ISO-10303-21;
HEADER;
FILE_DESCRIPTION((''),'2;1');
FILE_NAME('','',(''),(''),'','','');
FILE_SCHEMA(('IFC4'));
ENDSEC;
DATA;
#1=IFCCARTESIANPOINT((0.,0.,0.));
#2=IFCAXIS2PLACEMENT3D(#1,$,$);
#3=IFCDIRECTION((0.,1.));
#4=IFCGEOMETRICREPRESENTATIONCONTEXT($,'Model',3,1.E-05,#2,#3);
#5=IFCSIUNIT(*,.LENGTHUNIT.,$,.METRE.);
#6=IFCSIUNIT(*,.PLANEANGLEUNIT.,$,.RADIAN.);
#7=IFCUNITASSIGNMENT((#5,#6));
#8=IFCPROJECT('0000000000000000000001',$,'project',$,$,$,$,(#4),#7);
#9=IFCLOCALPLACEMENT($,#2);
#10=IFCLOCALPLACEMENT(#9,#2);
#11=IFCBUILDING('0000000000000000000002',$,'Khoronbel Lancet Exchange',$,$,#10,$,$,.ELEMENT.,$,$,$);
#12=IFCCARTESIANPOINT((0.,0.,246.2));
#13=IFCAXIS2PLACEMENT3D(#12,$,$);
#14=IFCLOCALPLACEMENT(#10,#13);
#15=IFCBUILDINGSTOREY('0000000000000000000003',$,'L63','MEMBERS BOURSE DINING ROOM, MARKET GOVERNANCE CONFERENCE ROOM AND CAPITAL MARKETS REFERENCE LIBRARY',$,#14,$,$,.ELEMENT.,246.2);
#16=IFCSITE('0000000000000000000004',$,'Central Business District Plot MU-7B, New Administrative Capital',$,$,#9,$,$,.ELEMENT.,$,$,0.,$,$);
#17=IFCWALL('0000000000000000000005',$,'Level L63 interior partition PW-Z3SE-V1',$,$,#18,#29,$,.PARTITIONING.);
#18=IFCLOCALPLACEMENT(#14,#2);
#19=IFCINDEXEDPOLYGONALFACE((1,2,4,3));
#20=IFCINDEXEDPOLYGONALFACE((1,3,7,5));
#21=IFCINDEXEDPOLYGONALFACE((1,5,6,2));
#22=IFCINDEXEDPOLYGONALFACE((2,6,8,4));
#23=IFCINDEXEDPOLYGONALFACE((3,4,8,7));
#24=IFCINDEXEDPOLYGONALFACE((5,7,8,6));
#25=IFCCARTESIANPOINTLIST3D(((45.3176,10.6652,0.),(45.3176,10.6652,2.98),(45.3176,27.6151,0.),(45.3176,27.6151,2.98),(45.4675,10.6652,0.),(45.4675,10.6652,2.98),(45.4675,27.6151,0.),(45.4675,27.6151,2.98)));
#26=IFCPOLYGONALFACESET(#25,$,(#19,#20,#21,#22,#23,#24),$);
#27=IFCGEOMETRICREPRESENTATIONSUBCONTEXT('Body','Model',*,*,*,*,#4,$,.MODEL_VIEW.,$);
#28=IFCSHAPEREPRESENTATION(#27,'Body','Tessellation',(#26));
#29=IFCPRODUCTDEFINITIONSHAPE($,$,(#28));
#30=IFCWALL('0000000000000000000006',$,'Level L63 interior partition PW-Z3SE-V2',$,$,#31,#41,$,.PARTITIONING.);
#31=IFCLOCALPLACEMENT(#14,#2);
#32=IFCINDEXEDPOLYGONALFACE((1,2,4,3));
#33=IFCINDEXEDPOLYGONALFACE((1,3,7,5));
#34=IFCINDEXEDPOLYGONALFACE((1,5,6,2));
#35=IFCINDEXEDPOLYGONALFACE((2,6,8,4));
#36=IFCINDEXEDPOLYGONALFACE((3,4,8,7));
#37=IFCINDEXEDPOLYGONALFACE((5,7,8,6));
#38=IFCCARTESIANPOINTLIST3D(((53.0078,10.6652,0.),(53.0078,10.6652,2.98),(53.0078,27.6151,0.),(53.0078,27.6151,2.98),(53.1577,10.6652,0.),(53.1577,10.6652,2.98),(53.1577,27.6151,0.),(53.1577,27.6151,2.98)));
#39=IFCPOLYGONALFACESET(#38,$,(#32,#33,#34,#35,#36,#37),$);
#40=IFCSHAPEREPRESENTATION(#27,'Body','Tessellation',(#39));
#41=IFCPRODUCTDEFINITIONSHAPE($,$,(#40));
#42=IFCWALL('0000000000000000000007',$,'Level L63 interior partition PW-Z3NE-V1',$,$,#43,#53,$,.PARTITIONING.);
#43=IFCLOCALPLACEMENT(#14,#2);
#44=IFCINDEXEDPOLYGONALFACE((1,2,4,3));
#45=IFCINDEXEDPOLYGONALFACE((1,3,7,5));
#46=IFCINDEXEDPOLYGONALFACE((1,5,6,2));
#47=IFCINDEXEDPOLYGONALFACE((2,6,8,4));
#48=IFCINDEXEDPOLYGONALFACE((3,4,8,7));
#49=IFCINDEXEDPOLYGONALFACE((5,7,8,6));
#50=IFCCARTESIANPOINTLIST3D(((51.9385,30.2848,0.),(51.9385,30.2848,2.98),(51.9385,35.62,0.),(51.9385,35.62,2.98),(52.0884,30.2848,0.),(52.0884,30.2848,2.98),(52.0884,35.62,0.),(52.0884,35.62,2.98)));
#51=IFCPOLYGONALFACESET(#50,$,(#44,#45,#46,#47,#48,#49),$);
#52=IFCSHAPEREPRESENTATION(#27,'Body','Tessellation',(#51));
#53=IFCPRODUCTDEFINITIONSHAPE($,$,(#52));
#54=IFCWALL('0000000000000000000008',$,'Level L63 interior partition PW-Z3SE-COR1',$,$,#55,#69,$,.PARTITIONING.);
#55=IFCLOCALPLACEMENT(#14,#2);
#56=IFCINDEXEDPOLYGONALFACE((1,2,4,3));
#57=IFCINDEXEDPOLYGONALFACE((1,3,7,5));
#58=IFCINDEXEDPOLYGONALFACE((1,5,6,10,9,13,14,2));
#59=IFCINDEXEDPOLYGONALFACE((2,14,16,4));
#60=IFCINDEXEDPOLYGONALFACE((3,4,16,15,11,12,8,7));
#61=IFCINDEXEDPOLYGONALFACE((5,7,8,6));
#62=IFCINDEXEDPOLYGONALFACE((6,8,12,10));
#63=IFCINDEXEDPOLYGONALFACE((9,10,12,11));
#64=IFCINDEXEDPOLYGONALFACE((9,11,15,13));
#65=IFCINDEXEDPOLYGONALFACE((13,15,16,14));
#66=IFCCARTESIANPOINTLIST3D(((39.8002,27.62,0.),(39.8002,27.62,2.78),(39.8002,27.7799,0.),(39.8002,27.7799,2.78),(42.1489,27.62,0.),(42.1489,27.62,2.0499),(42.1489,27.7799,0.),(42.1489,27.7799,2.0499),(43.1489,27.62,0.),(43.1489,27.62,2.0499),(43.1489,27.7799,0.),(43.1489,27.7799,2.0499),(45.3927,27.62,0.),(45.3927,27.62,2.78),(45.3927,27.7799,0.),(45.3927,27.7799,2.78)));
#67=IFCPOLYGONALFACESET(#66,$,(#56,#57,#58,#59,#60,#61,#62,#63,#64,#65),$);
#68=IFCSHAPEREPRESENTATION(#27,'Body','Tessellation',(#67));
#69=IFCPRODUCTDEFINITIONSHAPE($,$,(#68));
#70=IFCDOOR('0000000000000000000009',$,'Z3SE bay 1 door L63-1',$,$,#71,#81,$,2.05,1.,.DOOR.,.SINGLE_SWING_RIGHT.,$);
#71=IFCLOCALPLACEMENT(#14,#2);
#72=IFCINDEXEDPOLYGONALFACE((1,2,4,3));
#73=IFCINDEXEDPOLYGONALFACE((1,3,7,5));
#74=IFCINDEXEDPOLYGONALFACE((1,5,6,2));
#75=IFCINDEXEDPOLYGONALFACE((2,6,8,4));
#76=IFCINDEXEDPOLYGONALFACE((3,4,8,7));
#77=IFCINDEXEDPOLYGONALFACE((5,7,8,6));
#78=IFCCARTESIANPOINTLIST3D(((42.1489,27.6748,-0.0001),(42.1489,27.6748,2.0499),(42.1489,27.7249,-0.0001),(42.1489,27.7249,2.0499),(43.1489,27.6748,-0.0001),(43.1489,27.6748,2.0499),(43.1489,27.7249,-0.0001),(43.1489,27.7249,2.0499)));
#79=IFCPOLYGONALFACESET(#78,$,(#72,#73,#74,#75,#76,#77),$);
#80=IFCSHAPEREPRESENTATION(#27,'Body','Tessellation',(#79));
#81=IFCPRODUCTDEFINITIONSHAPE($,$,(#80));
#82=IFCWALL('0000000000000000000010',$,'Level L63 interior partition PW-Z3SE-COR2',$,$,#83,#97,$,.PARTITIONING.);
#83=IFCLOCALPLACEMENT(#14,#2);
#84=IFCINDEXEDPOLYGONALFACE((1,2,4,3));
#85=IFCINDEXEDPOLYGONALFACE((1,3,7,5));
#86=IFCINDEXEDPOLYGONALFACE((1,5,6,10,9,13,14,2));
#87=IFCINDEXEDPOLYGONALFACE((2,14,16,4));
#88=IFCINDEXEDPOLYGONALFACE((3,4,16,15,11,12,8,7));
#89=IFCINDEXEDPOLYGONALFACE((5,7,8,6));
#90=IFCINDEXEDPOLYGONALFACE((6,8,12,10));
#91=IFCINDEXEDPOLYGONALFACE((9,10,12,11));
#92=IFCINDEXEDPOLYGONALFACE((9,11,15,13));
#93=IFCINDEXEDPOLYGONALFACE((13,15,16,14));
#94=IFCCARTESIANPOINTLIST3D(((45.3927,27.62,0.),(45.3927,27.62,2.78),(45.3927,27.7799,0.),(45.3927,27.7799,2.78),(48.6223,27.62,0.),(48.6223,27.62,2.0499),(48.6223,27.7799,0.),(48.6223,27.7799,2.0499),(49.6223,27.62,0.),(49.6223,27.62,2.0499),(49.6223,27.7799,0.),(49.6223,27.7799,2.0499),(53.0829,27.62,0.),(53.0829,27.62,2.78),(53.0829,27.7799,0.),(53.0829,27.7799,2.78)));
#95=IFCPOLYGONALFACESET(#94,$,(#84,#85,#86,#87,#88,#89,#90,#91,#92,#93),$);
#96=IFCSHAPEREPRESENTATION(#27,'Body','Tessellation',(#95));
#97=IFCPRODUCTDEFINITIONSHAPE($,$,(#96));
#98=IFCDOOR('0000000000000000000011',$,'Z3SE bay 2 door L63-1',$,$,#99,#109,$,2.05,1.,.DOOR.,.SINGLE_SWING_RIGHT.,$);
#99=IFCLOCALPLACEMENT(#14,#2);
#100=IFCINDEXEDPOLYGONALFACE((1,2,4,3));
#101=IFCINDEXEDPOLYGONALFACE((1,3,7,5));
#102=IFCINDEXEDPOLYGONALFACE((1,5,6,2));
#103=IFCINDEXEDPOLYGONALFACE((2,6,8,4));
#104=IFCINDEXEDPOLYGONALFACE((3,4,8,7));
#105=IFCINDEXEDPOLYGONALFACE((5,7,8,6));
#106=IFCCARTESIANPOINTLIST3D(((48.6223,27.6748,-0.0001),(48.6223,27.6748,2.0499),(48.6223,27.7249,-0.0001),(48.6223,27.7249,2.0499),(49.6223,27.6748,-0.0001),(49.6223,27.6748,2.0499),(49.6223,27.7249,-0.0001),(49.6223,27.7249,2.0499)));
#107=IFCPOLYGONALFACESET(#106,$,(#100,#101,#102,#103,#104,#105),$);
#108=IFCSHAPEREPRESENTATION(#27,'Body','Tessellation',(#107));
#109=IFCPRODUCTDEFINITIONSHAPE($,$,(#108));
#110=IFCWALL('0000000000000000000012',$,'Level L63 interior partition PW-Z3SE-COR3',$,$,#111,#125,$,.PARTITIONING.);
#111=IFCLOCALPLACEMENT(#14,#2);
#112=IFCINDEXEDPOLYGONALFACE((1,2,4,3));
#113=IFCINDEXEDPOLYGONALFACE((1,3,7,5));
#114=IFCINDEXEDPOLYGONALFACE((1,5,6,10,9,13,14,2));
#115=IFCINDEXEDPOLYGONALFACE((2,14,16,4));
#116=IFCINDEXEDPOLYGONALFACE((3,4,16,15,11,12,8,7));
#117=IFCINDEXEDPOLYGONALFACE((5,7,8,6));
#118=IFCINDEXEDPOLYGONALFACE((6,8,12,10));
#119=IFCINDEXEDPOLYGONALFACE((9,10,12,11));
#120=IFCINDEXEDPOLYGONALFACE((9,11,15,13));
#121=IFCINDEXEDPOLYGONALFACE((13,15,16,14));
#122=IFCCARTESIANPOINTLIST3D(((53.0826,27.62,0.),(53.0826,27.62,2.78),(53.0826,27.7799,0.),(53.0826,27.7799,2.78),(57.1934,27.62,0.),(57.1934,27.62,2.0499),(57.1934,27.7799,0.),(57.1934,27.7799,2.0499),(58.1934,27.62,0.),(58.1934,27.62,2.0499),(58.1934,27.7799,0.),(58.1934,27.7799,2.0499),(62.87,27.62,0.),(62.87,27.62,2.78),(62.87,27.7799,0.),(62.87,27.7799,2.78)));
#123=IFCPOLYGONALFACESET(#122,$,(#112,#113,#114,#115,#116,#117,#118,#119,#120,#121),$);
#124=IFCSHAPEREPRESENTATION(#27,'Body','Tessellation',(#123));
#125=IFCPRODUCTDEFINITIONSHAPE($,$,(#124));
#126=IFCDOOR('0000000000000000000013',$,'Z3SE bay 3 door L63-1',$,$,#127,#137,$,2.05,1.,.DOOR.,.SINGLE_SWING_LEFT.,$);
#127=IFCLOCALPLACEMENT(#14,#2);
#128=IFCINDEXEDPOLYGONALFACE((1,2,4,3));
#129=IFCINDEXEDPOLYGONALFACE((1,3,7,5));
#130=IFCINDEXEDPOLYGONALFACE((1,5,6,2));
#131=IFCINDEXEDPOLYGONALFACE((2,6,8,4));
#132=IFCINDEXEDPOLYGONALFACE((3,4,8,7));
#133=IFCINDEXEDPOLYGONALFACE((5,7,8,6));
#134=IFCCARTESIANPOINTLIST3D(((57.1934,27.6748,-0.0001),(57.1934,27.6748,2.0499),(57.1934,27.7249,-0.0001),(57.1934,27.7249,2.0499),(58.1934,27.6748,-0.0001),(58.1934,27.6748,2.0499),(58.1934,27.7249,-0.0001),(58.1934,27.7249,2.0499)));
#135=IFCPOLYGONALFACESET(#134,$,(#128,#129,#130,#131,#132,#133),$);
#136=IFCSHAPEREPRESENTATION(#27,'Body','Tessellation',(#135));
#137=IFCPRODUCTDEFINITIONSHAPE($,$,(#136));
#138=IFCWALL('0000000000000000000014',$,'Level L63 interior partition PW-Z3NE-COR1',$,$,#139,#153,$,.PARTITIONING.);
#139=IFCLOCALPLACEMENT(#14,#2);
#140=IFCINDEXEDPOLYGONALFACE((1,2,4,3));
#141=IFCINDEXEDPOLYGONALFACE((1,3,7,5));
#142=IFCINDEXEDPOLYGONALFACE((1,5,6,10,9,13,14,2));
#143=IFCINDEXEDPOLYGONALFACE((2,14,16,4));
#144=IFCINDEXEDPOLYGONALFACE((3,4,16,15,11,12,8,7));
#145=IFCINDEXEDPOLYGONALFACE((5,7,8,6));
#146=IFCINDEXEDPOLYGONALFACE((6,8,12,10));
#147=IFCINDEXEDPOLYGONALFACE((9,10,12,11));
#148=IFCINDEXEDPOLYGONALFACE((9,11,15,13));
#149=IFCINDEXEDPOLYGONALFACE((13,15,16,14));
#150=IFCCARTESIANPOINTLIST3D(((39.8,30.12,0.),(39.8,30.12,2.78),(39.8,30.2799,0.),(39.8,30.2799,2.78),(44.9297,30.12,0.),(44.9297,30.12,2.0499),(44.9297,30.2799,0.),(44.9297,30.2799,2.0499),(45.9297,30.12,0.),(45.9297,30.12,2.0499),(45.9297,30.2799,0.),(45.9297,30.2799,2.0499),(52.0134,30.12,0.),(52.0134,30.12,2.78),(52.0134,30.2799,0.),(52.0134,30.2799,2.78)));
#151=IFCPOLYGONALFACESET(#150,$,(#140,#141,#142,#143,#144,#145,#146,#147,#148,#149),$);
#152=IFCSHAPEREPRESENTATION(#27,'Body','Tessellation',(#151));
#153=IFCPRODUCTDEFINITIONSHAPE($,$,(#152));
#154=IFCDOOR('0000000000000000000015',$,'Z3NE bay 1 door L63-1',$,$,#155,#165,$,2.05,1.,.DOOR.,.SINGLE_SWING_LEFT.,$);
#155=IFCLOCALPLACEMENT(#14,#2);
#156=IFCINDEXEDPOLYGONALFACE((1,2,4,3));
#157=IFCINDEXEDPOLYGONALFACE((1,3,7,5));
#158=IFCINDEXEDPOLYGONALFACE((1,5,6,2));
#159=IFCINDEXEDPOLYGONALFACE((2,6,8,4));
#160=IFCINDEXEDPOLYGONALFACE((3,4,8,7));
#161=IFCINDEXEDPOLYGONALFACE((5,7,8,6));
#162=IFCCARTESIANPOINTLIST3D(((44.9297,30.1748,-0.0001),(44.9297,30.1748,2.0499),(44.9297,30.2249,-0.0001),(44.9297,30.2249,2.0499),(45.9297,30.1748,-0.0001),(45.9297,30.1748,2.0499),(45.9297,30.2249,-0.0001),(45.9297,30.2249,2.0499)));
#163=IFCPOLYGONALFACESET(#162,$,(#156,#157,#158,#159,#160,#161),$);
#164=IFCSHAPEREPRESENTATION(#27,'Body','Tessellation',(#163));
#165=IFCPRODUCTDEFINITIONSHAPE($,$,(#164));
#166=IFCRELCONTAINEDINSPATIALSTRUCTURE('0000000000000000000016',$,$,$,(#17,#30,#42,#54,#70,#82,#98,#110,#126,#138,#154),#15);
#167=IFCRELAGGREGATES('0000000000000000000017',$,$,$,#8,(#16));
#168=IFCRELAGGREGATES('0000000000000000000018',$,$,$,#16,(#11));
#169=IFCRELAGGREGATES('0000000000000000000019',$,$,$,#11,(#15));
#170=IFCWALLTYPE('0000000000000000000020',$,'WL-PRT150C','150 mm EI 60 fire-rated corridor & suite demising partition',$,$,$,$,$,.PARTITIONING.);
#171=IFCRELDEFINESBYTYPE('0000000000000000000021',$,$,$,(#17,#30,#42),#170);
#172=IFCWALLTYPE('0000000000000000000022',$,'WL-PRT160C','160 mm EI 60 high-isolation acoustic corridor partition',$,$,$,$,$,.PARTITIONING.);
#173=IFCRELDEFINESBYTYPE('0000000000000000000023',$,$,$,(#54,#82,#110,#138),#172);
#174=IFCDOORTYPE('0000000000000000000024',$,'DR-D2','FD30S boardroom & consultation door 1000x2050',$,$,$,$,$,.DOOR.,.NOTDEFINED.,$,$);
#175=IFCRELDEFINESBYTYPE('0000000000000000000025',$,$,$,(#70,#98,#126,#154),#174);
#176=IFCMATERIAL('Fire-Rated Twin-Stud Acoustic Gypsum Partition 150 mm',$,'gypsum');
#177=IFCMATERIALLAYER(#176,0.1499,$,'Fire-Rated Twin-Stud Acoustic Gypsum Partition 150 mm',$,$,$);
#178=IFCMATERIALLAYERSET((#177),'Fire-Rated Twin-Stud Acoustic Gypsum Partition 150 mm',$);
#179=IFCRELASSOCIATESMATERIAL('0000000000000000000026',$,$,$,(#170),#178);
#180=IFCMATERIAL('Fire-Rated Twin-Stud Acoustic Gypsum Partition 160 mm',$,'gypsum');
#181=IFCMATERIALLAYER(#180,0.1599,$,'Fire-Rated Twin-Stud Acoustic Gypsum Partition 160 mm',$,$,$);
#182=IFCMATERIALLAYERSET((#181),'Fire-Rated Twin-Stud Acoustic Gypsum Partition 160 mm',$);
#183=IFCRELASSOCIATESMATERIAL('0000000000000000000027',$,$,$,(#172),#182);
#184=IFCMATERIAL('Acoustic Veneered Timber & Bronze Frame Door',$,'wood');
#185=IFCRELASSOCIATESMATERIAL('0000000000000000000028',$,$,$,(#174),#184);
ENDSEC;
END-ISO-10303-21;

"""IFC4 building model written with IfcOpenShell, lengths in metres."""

from ifc_helpers import new_model, si_unit, direction, frame, frame_2d, origin, place, context, subcontext, project, spatial, rectangle, extrude, material, layer, layer_set, type_object, element, fill, save


model = new_model("IFC4")

# Units and contexts
model_context = context("Model", 3, precision=1e-05, world=origin(), true_north=direction((0.0, 1.0)))
body_context = subcontext(model_context, "Body", "Model", "MODEL_VIEW")
ifc_project = project(units=[si_unit("LENGTHUNIT", "METRE"), si_unit("PLANEANGLEUNIT", "RADIAN")], contexts=[model_context])

# Site, building, storey
site_placement = place(None, origin())
site = spatial("IfcSite", under=ifc_project, at=site_placement, Name="Central Business District Plot MU-7B, New Administrative Capital", CompositionType="ELEMENT", RefElevation=0.0)
building_placement = place(site_placement, origin())
building = spatial("IfcBuilding", under=site, at=building_placement, Name="Khoronbel Lancet Exchange", CompositionType="ELEMENT")
storey_placement = place(building_placement, frame((0.0, 0.0, 246.2)))
storey = spatial("IfcBuildingStorey", under=building, at=storey_placement, Name="L63", Description="MEMBERS BOURSE DINING ROOM, MARKET GOVERNANCE CONFERENCE ROOM AND CAPITAL MARKETS REFERENCE LIBRARY", CompositionType="ELEMENT", Elevation=246.2)

# Walls
ifc_material_1 = material(Name="Fire-Rated Twin-Stud Acoustic Gypsum Partition 150 mm", Category="gypsum")
ifc_layer_1 = layer(ifc_material_1, 0.1499, Name="Fire-Rated Twin-Stud Acoustic Gypsum Partition 150 mm")
ifc_layer_set_1 = layer_set([ifc_layer_1], Name="Fire-Rated Twin-Stud Acoustic Gypsum Partition 150 mm")
wall_type_1 = type_object("IfcWallType", Name="WL-PRT150C", Description="150 mm EI 60 fire-rated corridor & suite demising partition", PredefinedType="PARTITIONING", material=ifc_layer_set_1)
for number, where, z_axis, x_axis, name in (
    (1, (45.3926, 10.665, 0.0), (0.0, 0.0, 1.0), (0.0, 1.0, 0.0), "Level L63 interior partition PW-Z3SE-V1"),
    (2, (53.0828, 10.665, 0.0), (0.0, 0.0, 1.0), (0.0, 1.0, 0.0), "Level L63 interior partition PW-Z3SE-V2"),
):
    element("IfcWall", number, at=place(storey_placement, frame(where, z_axis=z_axis, x_axis=x_axis)), inside=storey, type_object=wall_type_1, Name=name, PredefinedType="PARTITIONING", context=body_context, shape_type="SweptSolid", body=[
        extrude(rectangle(XDim=16.95, YDim=0.1499, at=frame_2d((8.4751, 0.0))), origin(), (0.0, 0.0, 1.0), 2.98),
    ])
wall_1_placement = place(storey_placement, frame((52.0134, 30.2849, 0.0), z_axis=(0.0, 0.0, 1.0), x_axis=(0.0, 1.0, 0.0)))
element("IfcWall", 3, at=wall_1_placement, inside=storey, type_object=wall_type_1, Name="Level L63 interior partition PW-Z3NE-V1", PredefinedType="PARTITIONING", context=body_context, shape_type="SweptSolid", body=[
    extrude(rectangle(XDim=5.3352, YDim=0.1499, at=frame_2d((2.6675, 0.0))), origin(), (0.0, 0.0, 1.0), 2.98),
])

# Walls, openings, doors
ifc_material_2 = material(Name="Fire-Rated Twin-Stud Acoustic Gypsum Partition 160 mm", Category="gypsum")
ifc_layer_2 = layer(ifc_material_2, 0.1599, Name="Fire-Rated Twin-Stud Acoustic Gypsum Partition 160 mm")
ifc_layer_set_2 = layer_set([ifc_layer_2], Name="Fire-Rated Twin-Stud Acoustic Gypsum Partition 160 mm")
wall_type_2 = type_object("IfcWallType", Name="WL-PRT160C", Description="160 mm EI 60 high-isolation acoustic corridor partition", PredefinedType="PARTITIONING", material=ifc_layer_set_2)
wall_2_placement = place(storey_placement, frame((39.8, 27.7, 0.0), z_axis=(0.0, 0.0, 1.0), x_axis=(1.0, 0.0, 0.0)))
wall_2 = element("IfcWall", 4, at=wall_2_placement, inside=storey, type_object=wall_type_2, Name="Level L63 interior partition PW-Z3SE-COR1", PredefinedType="PARTITIONING", context=body_context, shape_type="SweptSolid", body=[
    extrude(rectangle(XDim=5.5925, YDim=0.1599, at=frame_2d((2.7964, 0.0))), origin(), (0.0, 0.0, 1.0), 2.78),
])
opening_1_placement = place(wall_2_placement, frame((2.3489, 0.0, 0.0)))
opening_1 = element("IfcOpeningElement", 5, at=opening_1_placement, cuts=wall_2, PredefinedType="OPENING", context=body_context, shape_type="SweptSolid", body=[
    extrude(rectangle(XDim=1.0, YDim=2.05, at=frame_2d((0.5, 1.0249))), frame((0.0, 0.0898, 0.0), z_axis=(0.0, -1.0, 0.0), x_axis=(1.0, 0.0, 0.0)), (0.0, 0.0, 1.0), 0.1799),
])
ifc_material_3 = material(Name="Acoustic Veneered Timber & Bronze Frame Door", Category="wood")
door_type_1 = type_object("IfcDoorType", Name="DR-D2", Description="FD30S boardroom & consultation door 1000x2050", OperationType="NOTDEFINED", PredefinedType="DOOR", material=ifc_material_3)
door_1_placement = place(opening_1_placement, origin())
door_1 = element("IfcDoor", 6, at=door_1_placement, inside=storey, type_object=door_type_1, Name="Z3SE bay 1 door L63-1", OperationType="SINGLE_SWING_RIGHT", OverallHeight=2.05, OverallWidth=1.0, PredefinedType="DOOR", context=body_context, shape_type="SweptSolid", body=[
    extrude(rectangle(XDim=1.0, YDim=2.05, at=frame_2d((0.5, 1.0249))), frame((0.0, 0.0249, 0.0), z_axis=(0.0, -1.0, 0.0), x_axis=(1.0, 0.0, 0.0)), (0.0, 0.0, 1.0), 0.05),
])
fill(opening_1, door_1)
wall_3_placement = place(storey_placement, frame((45.3926, 27.7, 0.0), z_axis=(0.0, 0.0, 1.0), x_axis=(1.0, 0.0, 0.0)))
wall_3 = element("IfcWall", 7, at=wall_3_placement, inside=storey, type_object=wall_type_2, Name="Level L63 interior partition PW-Z3SE-COR2", PredefinedType="PARTITIONING", context=body_context, shape_type="SweptSolid", body=[
    extrude(rectangle(XDim=7.6902, YDim=0.1599, at=frame_2d((3.8452, 0.0))), origin(), (0.0, 0.0, 1.0), 2.78),
])
opening_2_placement = place(wall_3_placement, frame((3.2297, 0.0, 0.0)))
opening_2 = element("IfcOpeningElement", 8, at=opening_2_placement, cuts=wall_3, PredefinedType="OPENING", context=body_context, shape_type="SweptSolid", body=[
    extrude(rectangle(XDim=1.0, YDim=2.05, at=frame_2d((0.5, 1.0249))), frame((0.0, 0.0898, 0.0), z_axis=(0.0, -1.0, 0.0), x_axis=(1.0, 0.0, 0.0)), (0.0, 0.0, 1.0), 0.1799),
])
door_2_placement = place(opening_2_placement, origin())
door_2 = element("IfcDoor", 9, at=door_2_placement, inside=storey, type_object=door_type_1, Name="Z3SE bay 2 door L63-1", OperationType="SINGLE_SWING_RIGHT", OverallHeight=2.05, OverallWidth=1.0, PredefinedType="DOOR", context=body_context, shape_type="SweptSolid", body=[
    extrude(rectangle(XDim=1.0, YDim=2.05, at=frame_2d((0.5, 1.0249))), frame((0.0, 0.0249, 0.0), z_axis=(0.0, -1.0, 0.0), x_axis=(1.0, 0.0, 0.0)), (0.0, 0.0, 1.0), 0.05),
])
fill(opening_2, door_2)
wall_4_placement = place(storey_placement, frame((53.0828, 27.7, 0.0), z_axis=(0.0, 0.0, 1.0), x_axis=(1.0, 0.0, 0.0)))
wall_4 = element("IfcWall", 10, at=wall_4_placement, inside=storey, type_object=wall_type_2, Name="Level L63 interior partition PW-Z3SE-COR3", PredefinedType="PARTITIONING", context=body_context, shape_type="SweptSolid", body=[
    extrude(rectangle(XDim=9.7874, YDim=0.1599, at=frame_2d((4.8936, 0.0))), origin(), (0.0, 0.0, 1.0), 2.78),
])
opening_3_placement = place(wall_4_placement, frame((4.1106, 0.0, 0.0)))
opening_3 = element("IfcOpeningElement", 11, at=opening_3_placement, cuts=wall_4, PredefinedType="OPENING", context=body_context, shape_type="SweptSolid", body=[
    extrude(rectangle(XDim=1.0, YDim=2.05, at=frame_2d((0.5, 1.0249))), frame((0.0, 0.0898, 0.0), z_axis=(0.0, -1.0, 0.0), x_axis=(1.0, 0.0, 0.0)), (0.0, 0.0, 1.0), 0.1799),
])
door_3_placement = place(opening_3_placement, origin())
door_3 = element("IfcDoor", 12, at=door_3_placement, inside=storey, type_object=door_type_1, Name="Z3SE bay 3 door L63-1", OperationType="SINGLE_SWING_LEFT", OverallHeight=2.05, OverallWidth=1.0, PredefinedType="DOOR", context=body_context, shape_type="SweptSolid", body=[
    extrude(rectangle(XDim=1.0, YDim=2.05, at=frame_2d((0.5, 1.0249))), frame((0.0, 0.0249, 0.0), z_axis=(0.0, -1.0, 0.0), x_axis=(1.0, 0.0, 0.0)), (0.0, 0.0, 1.0), 0.05),
])
fill(opening_3, door_3)
wall_5_placement = place(storey_placement, frame((39.8, 30.2, 0.0), z_axis=(0.0, 0.0, 1.0), x_axis=(1.0, 0.0, 0.0)))
wall_5 = element("IfcWall", 13, at=wall_5_placement, inside=storey, type_object=wall_type_2, Name="Level L63 interior partition PW-Z3NE-COR1", PredefinedType="PARTITIONING", context=body_context, shape_type="SweptSolid", body=[
    extrude(rectangle(XDim=12.2134, YDim=0.1599, at=frame_2d((6.1067, 0.0))), origin(), (0.0, 0.0, 1.0), 2.78),
])
opening_4_placement = place(wall_5_placement, frame((5.1296, 0.0, 0.0)))
opening_4 = element("IfcOpeningElement", 14, at=opening_4_placement, cuts=wall_5, PredefinedType="OPENING", context=body_context, shape_type="SweptSolid", body=[
    extrude(rectangle(XDim=1.0, YDim=2.05, at=frame_2d((0.5, 1.0249))), frame((0.0, 0.0898, 0.0), z_axis=(0.0, -1.0, 0.0), x_axis=(1.0, 0.0, 0.0)), (0.0, 0.0, 1.0), 0.1799),
])
door_4_placement = place(opening_4_placement, origin())
door_4 = element("IfcDoor", 15, at=door_4_placement, inside=storey, type_object=door_type_1, Name="Z3NE bay 1 door L63-1", OperationType="SINGLE_SWING_LEFT", OverallHeight=2.05, OverallWidth=1.0, PredefinedType="DOOR", context=body_context, shape_type="SweptSolid", body=[
    extrude(rectangle(XDim=1.0, YDim=2.05, at=frame_2d((0.5, 1.0249))), frame((0.0, 0.0249, 0.0), z_axis=(0.0, -1.0, 0.0), x_axis=(1.0, 0.0, 0.0)), (0.0, 0.0, 1.0), 0.05),
])
fill(opening_4, door_4)

save(model, "model.ifc")
